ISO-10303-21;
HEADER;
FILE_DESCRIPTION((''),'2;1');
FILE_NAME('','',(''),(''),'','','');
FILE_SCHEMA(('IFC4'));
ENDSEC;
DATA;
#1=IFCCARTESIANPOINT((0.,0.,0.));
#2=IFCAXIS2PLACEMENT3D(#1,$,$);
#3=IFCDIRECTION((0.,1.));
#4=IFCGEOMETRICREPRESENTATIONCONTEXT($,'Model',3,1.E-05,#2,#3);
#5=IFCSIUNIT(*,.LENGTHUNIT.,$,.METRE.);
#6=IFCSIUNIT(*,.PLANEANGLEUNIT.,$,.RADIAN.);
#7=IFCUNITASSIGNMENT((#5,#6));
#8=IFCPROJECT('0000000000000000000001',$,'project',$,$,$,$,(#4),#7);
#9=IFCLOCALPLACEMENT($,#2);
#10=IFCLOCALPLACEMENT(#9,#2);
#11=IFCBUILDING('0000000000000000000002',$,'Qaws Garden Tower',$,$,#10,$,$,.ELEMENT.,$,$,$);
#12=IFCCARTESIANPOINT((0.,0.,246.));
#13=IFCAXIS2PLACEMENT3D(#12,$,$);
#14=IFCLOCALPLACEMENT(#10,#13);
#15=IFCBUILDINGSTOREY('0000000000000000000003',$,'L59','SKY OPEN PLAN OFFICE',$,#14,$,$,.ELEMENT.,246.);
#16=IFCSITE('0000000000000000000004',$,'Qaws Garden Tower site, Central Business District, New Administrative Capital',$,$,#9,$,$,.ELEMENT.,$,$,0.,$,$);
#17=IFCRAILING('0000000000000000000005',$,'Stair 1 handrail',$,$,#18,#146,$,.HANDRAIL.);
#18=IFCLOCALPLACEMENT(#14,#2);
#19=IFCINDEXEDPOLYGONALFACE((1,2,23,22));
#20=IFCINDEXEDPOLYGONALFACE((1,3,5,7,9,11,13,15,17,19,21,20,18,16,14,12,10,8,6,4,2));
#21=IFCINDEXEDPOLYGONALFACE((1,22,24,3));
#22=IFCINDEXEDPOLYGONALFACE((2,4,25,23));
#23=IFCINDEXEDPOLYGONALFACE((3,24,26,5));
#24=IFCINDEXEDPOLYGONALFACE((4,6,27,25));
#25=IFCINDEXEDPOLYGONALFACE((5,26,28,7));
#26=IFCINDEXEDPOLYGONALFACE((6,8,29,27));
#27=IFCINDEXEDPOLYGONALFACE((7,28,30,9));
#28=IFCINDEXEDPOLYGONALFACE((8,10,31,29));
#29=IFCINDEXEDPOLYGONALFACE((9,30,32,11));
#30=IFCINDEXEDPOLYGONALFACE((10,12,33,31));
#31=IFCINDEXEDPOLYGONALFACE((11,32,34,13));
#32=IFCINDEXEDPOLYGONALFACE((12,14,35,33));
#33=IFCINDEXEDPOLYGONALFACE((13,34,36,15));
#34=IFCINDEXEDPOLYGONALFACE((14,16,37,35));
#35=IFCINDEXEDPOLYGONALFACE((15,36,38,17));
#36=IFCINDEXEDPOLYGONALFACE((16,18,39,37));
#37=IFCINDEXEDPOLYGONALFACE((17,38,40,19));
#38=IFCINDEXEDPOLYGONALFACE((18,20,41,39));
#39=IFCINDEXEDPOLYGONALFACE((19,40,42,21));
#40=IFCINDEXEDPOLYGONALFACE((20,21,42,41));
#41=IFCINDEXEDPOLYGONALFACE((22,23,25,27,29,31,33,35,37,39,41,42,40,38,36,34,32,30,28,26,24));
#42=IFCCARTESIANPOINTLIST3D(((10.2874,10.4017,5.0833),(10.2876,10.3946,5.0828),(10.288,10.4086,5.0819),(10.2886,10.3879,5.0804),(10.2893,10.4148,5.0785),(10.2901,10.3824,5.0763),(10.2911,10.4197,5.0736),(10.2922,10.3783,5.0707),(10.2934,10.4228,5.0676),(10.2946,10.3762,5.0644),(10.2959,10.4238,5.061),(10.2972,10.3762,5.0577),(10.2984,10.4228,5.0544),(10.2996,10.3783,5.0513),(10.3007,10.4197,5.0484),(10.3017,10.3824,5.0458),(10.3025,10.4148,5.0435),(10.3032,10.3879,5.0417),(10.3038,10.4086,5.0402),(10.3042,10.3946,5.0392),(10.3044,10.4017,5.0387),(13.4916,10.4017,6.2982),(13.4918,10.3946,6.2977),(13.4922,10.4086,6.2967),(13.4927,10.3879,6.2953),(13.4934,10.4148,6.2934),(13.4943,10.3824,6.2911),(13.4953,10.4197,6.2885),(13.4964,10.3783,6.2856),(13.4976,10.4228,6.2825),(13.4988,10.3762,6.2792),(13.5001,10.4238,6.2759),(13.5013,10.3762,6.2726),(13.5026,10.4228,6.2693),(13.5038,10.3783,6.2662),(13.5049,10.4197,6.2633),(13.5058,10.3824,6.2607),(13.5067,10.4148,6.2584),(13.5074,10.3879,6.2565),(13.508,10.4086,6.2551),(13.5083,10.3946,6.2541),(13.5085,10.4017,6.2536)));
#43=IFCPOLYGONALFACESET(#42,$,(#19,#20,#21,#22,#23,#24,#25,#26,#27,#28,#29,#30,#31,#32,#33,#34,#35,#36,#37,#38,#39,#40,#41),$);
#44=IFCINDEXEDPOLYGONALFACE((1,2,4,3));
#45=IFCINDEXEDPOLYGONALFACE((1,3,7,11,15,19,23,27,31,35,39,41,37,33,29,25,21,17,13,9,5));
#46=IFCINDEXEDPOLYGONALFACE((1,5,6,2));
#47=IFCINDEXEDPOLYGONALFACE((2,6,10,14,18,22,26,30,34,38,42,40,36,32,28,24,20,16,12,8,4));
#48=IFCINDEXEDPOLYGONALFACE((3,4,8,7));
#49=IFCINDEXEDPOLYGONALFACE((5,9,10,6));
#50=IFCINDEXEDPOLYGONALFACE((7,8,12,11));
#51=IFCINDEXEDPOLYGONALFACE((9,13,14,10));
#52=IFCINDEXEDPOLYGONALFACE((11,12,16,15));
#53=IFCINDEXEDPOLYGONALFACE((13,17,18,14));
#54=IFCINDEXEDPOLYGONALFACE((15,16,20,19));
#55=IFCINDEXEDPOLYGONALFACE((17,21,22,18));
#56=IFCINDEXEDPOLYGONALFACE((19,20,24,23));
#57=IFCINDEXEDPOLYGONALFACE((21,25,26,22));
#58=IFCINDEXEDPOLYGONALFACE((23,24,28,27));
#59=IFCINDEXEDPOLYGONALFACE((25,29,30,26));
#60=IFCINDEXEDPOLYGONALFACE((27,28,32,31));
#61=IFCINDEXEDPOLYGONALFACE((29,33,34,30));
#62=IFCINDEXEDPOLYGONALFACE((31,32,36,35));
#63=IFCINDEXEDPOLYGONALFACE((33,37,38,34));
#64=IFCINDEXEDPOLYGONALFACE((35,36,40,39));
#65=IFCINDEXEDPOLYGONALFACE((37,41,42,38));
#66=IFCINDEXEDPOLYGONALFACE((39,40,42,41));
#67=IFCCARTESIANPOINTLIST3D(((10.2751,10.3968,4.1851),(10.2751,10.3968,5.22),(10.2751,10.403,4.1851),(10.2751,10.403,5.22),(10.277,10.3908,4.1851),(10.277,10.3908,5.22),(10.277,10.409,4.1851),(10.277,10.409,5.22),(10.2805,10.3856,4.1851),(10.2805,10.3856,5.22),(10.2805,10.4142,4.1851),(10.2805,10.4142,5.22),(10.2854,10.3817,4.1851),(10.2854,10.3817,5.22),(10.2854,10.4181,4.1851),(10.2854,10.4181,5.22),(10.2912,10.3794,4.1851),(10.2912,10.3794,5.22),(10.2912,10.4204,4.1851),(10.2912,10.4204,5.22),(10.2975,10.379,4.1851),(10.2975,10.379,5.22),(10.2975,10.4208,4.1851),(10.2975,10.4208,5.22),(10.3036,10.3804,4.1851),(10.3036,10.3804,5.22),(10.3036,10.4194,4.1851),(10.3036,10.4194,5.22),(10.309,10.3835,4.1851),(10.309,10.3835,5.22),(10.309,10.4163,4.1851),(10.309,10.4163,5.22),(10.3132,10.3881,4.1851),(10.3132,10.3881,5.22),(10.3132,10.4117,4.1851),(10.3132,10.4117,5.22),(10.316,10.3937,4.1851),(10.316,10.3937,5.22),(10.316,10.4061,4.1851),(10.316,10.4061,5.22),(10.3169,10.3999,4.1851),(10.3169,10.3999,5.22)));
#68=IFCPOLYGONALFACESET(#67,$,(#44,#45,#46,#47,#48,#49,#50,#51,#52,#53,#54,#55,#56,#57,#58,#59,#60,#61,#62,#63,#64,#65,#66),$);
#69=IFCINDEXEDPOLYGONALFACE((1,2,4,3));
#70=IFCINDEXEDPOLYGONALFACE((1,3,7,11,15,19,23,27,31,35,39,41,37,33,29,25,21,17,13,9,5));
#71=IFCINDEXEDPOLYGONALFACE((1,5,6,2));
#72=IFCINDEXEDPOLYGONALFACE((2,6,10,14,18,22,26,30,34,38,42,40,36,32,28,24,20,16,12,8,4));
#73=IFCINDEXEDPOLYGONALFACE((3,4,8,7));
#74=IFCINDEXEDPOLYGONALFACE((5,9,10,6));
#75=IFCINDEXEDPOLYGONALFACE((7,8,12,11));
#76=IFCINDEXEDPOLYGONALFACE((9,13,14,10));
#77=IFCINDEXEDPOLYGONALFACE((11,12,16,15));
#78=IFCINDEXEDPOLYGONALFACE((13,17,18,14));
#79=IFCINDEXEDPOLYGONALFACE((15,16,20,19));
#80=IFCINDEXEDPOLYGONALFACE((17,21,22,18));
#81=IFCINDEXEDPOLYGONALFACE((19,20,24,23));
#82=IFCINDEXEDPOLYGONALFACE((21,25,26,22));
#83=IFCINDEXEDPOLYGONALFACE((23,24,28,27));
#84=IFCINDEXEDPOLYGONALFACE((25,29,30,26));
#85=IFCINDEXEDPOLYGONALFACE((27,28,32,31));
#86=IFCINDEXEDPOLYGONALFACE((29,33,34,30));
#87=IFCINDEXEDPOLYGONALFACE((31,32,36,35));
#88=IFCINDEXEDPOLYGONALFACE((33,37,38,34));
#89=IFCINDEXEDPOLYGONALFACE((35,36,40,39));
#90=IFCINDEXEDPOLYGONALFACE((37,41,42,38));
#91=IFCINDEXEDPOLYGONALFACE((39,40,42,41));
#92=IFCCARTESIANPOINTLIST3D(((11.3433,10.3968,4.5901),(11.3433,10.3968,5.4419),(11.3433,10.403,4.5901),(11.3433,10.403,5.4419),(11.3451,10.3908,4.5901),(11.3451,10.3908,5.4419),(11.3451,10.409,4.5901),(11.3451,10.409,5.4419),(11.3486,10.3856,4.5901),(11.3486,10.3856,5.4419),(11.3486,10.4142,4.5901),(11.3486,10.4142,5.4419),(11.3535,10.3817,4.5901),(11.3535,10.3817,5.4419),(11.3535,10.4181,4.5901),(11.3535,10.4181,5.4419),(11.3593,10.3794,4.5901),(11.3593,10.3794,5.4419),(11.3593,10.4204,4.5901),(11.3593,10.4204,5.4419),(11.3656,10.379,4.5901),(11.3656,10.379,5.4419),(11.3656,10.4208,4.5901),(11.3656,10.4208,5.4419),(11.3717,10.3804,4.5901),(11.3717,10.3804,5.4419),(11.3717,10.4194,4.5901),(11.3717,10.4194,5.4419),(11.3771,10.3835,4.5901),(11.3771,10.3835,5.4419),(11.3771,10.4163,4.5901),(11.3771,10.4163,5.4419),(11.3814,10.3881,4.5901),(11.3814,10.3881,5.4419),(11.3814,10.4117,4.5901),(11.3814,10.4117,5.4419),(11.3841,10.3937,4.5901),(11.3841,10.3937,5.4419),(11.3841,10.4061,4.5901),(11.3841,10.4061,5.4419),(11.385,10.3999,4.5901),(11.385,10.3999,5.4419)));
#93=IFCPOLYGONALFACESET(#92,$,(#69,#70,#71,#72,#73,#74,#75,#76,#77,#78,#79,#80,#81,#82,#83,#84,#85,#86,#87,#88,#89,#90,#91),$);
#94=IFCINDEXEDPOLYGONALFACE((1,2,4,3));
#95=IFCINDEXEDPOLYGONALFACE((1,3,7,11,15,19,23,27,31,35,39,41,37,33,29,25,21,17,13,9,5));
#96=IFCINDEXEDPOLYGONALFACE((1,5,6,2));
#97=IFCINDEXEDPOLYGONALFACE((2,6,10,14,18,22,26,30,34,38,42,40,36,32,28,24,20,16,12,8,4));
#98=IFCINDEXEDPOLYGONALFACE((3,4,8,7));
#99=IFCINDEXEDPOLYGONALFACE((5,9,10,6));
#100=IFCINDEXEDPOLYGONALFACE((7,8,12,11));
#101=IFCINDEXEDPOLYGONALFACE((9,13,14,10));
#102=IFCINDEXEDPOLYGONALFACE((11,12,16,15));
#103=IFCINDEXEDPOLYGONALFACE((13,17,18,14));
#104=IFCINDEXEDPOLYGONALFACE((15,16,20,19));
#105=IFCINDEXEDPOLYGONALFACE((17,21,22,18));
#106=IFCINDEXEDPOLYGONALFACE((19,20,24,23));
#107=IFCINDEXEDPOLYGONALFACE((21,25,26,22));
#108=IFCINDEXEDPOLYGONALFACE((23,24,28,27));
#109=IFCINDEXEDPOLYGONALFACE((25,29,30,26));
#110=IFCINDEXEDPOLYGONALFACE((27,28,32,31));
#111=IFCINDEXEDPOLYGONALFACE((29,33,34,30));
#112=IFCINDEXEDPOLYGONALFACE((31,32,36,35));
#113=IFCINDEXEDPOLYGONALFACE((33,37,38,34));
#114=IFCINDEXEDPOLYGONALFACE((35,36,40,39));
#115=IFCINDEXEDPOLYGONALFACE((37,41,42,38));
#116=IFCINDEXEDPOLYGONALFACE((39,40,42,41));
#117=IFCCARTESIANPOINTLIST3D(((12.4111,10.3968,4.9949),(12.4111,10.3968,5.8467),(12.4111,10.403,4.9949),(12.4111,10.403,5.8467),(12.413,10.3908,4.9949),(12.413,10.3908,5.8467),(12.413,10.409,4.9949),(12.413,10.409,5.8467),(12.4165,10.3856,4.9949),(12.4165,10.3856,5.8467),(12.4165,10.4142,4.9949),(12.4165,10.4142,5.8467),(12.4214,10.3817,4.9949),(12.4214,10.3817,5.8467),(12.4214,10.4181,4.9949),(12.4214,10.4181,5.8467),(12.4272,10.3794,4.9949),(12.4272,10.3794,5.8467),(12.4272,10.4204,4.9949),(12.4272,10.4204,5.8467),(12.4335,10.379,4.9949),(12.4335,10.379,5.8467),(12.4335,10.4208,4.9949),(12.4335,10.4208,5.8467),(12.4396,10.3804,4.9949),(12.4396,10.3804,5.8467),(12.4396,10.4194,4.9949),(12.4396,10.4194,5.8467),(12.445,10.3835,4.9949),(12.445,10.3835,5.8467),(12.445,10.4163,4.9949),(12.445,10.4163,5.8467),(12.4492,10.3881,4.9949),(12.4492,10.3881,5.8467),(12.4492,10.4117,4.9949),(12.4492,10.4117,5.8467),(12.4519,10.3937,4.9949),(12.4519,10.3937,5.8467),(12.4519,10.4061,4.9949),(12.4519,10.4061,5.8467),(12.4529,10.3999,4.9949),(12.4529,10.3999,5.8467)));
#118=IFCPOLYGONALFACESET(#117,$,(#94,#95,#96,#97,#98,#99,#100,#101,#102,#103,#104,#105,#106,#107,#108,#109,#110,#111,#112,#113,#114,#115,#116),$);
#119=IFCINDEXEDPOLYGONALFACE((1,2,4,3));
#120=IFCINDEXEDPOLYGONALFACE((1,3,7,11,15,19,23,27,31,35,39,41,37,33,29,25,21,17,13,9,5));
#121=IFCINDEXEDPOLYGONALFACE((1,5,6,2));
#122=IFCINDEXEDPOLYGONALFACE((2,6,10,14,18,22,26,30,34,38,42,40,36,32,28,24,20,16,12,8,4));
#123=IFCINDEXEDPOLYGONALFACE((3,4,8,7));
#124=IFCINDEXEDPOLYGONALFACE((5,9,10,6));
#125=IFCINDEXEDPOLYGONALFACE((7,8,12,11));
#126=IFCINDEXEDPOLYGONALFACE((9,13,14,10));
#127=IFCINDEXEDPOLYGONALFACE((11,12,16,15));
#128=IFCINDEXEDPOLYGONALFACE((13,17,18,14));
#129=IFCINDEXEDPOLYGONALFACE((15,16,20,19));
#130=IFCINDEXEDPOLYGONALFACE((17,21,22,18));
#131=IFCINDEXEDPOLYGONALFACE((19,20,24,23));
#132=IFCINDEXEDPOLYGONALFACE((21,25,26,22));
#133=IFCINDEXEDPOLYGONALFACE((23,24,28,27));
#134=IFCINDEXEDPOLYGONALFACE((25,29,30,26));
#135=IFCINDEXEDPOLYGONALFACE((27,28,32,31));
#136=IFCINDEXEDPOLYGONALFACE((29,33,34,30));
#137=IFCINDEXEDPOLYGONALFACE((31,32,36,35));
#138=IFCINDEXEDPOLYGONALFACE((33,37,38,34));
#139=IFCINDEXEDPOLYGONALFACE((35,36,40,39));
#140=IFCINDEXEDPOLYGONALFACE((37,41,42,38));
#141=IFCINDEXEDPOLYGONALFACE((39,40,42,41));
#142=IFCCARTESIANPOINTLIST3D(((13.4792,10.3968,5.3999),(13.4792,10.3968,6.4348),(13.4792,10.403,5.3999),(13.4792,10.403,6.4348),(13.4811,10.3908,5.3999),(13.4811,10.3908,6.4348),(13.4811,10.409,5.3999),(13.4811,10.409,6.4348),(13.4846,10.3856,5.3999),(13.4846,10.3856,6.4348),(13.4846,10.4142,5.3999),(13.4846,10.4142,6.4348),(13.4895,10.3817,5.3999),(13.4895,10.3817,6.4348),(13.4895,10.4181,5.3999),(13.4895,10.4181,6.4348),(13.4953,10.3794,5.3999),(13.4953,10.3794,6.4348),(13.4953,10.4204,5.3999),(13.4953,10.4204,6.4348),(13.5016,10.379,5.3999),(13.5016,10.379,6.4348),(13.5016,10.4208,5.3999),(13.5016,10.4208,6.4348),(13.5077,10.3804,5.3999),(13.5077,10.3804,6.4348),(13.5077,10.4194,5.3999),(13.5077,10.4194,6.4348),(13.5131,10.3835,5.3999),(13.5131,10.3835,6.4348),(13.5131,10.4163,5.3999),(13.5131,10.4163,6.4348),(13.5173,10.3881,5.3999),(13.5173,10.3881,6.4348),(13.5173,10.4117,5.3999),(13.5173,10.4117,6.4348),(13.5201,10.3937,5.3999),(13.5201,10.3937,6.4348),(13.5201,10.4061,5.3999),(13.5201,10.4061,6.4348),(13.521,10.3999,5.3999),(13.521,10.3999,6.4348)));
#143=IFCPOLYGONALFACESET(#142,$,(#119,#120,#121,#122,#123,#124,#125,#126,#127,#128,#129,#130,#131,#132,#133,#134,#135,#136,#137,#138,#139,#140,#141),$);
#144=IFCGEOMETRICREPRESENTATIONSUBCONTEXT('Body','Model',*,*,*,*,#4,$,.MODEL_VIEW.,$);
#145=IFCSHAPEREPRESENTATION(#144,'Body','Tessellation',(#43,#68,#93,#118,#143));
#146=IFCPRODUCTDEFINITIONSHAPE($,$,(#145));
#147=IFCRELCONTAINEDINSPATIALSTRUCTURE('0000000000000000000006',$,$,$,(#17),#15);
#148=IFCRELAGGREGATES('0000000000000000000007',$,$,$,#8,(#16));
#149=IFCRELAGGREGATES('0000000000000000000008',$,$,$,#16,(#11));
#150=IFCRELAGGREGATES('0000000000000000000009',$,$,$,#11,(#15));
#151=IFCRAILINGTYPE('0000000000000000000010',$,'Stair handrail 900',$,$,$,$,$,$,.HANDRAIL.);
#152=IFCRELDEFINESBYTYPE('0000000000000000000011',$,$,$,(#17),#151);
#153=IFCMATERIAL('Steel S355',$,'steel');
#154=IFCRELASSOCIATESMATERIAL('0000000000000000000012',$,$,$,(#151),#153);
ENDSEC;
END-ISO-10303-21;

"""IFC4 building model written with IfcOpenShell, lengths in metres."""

from ifc_helpers import new_model, si_unit, direction, frame, origin, origin_2d, place, context, subcontext, project, spatial, circle, extrude, material, type_object, element, save


model = new_model("IFC4")

# Units and contexts
model_context = context("Model", 3, precision=1e-05, world=origin(), true_north=direction((0.0, 1.0)))
body_context = subcontext(model_context, "Body", "Model", "MODEL_VIEW")
ifc_project = project(units=[si_unit("LENGTHUNIT", "METRE"), si_unit("PLANEANGLEUNIT", "RADIAN")], contexts=[model_context])

# Site, building, storey
site_placement = place(None, origin())
site = spatial("IfcSite", under=ifc_project, at=site_placement, Name="Qaws Garden Tower site, Central Business District, New Administrative Capital", CompositionType="ELEMENT", RefElevation=0.0)
building_placement = place(site_placement, origin())
building = spatial("IfcBuilding", under=site, at=building_placement, Name="Qaws Garden Tower", CompositionType="ELEMENT")
storey_placement = place(building_placement, frame((0.0, 0.0, 246.0)))
storey = spatial("IfcBuildingStorey", under=building, at=storey_placement, Name="L59", Description="SKY OPEN PLAN OFFICE", CompositionType="ELEMENT", Elevation=246.0)

# Railing
ifc_material_1 = material(Name="Steel S355", Category="steel")
railing_type = type_object("IfcRailingType", Name="Stair handrail 900", PredefinedType="HANDRAIL", material=ifc_material_1)
railing_1_placement = place(storey_placement, frame((10.2959, 10.3999, 4.1851)))
element("IfcRailing", 1, at=railing_1_placement, inside=storey, type_object=railing_type, Name="Stair 1 handrail", PredefinedType="HANDRAIL", context=body_context, shape_type="SweptSolid", body=[
    extrude(circle(Radius=0.0239, at=origin_2d()), frame((0.0, 0.0, 0.876), z_axis=(0.935046, 0.0, 0.354525), x_axis=(0.0, 1.0, 0.0)), (0.0, 0.0, 1.0), 3.4268),
    extrude(circle(Radius=0.021, at=origin_2d()), origin(), (0.0, 0.0, 1.0), 1.0349),
    extrude(circle(Radius=0.021, at=origin_2d()), frame((1.0681, 0.0, 0.405)), (0.0, 0.0, 1.0), 0.8518),
    extrude(circle(Radius=0.021, at=origin_2d()), frame((2.136, 0.0, 0.8098)), (0.0, 0.0, 1.0), 0.8518),
    extrude(circle(Radius=0.021, at=origin_2d()), frame((3.2041, 0.0, 1.2148)), (0.0, 0.0, 1.0), 1.0349),
])

save(model, "model.ifc")
